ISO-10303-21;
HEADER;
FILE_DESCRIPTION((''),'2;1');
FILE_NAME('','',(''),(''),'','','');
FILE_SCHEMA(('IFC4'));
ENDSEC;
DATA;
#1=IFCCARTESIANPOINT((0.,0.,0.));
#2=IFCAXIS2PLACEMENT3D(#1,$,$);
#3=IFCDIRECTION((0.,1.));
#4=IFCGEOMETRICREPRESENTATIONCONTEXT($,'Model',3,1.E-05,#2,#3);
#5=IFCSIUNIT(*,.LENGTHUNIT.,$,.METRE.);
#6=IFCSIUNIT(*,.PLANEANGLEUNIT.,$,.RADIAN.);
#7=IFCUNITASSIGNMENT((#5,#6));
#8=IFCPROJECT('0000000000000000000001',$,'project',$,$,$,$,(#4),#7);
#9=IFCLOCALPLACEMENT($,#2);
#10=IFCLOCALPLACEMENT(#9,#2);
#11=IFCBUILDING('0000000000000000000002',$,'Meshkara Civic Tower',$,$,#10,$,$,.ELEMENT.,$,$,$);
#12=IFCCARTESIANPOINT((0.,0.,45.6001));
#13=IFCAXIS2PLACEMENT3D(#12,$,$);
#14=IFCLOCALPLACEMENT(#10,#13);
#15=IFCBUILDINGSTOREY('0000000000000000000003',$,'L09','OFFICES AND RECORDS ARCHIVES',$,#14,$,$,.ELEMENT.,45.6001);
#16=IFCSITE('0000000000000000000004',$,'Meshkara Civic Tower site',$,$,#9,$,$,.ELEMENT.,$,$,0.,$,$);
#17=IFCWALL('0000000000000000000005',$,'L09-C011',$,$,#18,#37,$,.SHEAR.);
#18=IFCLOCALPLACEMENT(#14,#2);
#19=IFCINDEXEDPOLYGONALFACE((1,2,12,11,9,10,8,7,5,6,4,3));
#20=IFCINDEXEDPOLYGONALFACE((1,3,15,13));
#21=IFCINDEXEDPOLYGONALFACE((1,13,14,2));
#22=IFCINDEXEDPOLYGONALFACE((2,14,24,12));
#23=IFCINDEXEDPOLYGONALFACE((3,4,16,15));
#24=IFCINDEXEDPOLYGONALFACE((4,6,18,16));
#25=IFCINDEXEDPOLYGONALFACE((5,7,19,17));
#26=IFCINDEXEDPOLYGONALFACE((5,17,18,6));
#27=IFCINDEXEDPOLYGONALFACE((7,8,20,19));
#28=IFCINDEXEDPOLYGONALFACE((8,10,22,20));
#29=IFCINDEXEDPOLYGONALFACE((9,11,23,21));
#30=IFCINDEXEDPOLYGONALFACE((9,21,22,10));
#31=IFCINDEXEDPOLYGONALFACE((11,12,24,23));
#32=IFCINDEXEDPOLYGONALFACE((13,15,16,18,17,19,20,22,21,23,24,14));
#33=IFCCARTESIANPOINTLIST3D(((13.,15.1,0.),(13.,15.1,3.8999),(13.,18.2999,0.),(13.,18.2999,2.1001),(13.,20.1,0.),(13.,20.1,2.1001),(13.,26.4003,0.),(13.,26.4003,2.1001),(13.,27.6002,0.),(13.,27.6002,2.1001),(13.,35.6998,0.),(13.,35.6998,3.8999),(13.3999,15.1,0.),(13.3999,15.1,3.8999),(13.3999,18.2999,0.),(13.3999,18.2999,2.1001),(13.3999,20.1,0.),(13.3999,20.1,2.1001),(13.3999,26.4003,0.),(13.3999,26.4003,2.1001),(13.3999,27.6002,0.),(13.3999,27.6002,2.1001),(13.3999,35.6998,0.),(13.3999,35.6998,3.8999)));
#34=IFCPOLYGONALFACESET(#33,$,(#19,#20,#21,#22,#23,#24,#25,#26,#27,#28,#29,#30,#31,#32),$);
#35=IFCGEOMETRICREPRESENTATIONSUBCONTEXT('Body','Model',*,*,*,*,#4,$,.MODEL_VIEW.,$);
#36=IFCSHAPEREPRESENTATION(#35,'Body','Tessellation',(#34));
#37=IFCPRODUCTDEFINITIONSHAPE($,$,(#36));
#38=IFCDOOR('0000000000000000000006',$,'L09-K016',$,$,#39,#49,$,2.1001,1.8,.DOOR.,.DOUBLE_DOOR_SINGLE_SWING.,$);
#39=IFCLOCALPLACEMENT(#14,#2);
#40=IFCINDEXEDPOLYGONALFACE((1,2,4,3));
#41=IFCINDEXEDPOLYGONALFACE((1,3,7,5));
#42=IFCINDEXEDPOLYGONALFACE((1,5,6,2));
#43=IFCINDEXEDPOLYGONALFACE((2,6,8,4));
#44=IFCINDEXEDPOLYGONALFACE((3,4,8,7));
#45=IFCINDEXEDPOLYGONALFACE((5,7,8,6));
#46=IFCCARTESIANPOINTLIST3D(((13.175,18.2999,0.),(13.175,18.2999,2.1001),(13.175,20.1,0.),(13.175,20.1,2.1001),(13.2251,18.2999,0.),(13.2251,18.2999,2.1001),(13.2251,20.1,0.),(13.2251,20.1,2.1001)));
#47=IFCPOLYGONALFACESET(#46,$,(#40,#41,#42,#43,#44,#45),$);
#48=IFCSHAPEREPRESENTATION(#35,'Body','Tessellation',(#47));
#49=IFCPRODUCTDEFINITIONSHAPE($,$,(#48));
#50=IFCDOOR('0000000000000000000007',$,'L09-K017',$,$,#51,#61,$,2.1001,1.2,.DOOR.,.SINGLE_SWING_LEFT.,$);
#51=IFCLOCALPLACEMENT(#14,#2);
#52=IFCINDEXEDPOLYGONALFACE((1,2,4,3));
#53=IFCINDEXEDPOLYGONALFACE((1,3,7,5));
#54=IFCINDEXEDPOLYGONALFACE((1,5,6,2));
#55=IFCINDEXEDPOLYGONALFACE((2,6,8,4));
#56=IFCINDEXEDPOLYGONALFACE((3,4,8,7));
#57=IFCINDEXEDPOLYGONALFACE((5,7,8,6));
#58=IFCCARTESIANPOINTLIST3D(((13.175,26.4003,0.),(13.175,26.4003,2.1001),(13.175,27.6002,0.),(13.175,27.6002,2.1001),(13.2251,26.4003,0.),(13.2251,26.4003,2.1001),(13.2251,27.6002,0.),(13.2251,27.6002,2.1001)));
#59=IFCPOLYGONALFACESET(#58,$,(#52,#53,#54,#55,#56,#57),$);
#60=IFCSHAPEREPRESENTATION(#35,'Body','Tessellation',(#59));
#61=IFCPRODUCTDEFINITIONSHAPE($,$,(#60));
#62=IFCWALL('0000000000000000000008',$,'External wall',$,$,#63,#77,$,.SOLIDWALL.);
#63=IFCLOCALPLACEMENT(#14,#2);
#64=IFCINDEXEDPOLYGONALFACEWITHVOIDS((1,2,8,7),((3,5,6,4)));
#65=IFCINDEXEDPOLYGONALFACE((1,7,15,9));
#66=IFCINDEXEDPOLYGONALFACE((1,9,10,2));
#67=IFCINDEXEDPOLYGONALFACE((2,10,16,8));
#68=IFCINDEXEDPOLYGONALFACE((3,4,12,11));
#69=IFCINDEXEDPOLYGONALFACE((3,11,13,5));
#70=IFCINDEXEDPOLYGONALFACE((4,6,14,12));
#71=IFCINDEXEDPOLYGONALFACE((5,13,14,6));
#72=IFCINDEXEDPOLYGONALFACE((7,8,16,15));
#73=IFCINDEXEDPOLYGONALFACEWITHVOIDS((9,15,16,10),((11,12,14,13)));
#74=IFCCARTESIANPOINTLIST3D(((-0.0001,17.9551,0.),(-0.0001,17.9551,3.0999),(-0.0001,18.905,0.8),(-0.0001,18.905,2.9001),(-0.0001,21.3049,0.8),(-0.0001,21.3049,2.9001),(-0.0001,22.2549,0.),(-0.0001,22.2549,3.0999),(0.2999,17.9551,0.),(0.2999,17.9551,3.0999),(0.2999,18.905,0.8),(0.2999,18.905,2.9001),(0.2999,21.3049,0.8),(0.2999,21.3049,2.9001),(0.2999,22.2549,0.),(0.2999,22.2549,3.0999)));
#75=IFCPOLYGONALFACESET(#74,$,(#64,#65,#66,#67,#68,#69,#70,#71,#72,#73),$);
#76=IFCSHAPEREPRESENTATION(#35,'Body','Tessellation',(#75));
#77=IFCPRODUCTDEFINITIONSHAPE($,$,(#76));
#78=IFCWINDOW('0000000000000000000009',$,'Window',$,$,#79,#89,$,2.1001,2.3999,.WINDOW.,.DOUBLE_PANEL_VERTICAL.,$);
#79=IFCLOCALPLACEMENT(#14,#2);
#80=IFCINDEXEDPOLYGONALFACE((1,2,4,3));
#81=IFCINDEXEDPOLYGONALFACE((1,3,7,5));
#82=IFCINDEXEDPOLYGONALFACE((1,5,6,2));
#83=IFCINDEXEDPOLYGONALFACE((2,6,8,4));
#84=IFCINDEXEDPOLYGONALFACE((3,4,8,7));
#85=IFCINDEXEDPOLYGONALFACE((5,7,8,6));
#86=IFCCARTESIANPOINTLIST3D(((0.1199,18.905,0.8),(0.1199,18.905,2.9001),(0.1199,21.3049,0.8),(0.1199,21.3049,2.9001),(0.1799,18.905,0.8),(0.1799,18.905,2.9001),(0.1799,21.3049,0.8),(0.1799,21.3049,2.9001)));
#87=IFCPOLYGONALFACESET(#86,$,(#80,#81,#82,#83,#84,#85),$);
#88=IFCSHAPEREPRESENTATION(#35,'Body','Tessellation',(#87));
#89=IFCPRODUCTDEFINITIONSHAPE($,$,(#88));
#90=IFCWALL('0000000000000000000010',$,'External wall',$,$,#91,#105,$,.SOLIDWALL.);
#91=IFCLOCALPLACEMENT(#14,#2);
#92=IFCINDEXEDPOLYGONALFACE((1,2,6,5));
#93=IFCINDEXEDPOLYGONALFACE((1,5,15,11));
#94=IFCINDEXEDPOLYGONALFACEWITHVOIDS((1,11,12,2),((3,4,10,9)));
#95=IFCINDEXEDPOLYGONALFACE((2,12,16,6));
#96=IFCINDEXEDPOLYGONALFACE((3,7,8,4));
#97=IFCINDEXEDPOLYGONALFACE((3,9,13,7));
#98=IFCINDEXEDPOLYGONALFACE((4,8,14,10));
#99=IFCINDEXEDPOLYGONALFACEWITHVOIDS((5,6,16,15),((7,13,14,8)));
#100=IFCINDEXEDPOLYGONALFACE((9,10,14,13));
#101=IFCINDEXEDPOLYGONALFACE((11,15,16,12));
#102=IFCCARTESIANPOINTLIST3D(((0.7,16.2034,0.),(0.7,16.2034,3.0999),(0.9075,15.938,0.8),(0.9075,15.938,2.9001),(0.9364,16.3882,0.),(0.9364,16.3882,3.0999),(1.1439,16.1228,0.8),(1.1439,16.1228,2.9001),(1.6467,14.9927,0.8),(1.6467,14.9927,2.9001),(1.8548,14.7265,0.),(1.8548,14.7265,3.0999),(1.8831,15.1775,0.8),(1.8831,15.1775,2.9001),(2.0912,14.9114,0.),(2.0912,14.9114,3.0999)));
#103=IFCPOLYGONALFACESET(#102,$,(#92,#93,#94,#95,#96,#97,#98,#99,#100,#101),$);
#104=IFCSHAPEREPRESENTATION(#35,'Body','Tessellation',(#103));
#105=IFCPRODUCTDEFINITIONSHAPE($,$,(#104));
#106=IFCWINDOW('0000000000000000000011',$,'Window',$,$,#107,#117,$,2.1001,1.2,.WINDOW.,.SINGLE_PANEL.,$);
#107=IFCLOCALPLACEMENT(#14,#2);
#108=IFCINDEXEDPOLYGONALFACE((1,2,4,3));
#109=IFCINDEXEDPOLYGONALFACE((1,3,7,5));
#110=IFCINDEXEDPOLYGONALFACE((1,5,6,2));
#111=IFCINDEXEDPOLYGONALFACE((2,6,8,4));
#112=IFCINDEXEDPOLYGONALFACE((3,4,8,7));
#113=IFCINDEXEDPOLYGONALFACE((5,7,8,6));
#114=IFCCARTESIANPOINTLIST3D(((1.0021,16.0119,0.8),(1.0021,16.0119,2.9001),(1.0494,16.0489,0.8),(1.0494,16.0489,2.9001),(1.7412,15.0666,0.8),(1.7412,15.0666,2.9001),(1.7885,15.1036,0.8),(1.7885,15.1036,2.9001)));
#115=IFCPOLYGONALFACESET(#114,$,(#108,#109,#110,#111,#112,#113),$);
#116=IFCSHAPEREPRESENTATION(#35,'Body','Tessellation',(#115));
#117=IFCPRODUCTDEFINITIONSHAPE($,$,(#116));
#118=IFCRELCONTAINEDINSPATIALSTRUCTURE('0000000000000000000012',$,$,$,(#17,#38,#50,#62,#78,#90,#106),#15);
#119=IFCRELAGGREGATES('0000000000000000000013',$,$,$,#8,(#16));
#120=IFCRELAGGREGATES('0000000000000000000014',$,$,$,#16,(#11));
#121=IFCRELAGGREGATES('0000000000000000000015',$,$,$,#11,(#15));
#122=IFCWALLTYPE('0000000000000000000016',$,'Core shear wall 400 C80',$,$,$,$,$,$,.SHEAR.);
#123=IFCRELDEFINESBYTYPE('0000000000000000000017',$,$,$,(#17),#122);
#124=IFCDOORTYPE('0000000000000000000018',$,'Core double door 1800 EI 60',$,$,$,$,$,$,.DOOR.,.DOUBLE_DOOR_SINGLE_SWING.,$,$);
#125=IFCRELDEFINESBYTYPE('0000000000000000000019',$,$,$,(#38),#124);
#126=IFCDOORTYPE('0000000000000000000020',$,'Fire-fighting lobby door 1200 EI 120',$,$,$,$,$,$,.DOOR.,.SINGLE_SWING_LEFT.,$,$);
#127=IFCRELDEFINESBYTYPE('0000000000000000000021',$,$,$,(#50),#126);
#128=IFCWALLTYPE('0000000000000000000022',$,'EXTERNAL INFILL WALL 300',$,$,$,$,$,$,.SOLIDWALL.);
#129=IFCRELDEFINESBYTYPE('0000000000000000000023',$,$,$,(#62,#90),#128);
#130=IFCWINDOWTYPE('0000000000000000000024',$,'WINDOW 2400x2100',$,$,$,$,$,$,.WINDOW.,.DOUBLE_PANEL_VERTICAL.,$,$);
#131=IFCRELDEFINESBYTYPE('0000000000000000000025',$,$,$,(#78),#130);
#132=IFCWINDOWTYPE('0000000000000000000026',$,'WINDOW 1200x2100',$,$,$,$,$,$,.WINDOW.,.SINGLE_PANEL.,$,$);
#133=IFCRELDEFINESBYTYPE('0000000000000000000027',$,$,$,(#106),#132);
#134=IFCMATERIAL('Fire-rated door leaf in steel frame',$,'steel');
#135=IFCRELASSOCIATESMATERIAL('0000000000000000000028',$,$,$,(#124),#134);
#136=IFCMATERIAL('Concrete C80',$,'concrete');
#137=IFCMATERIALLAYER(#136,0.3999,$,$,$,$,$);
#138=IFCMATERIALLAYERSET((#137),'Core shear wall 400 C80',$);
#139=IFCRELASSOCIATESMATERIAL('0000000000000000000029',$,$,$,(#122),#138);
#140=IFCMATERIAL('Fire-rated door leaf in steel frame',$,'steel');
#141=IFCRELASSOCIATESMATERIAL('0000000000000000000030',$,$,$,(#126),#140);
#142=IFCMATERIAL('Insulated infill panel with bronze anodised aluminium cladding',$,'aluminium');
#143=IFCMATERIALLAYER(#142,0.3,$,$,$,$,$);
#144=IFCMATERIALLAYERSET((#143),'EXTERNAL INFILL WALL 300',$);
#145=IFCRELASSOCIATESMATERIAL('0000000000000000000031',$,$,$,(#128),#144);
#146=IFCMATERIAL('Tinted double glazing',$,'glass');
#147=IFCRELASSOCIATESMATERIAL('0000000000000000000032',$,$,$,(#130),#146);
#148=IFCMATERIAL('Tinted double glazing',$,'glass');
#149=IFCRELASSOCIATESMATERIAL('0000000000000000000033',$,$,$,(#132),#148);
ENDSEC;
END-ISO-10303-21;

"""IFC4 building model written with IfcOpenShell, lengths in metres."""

from ifc_helpers import new_model, si_unit, direction, frame, frame_2d, origin, place, context, subcontext, project, spatial, rectangle, extrude, material, layer, layer_set, type_object, element, fill, save


model = new_model("IFC4")

# Units and contexts
model_context = context("Model", 3, precision=1e-05, world=origin(), true_north=direction((0.0, 1.0)))
body_context = subcontext(model_context, "Body", "Model", "MODEL_VIEW")
ifc_project = project(units=[si_unit("LENGTHUNIT", "METRE"), si_unit("PLANEANGLEUNIT", "RADIAN")], contexts=[model_context])

# Site, building, storey
site_placement = place(None, origin())
site = spatial("IfcSite", under=ifc_project, at=site_placement, Name="Meshkara Civic Tower site", CompositionType="ELEMENT", RefElevation=0.0)
building_placement = place(site_placement, origin())
building = spatial("IfcBuilding", under=site, at=building_placement, Name="Meshkara Civic Tower", CompositionType="ELEMENT")
storey_placement = place(building_placement, frame((0.0, 0.0, 45.6001)))
storey = spatial("IfcBuildingStorey", under=building, at=storey_placement, Name="L09", Description="OFFICES AND RECORDS ARCHIVES", CompositionType="ELEMENT", Elevation=45.6001)

# Shared definitions
ifc_material_1 = material(Name="Fire-rated door leaf in steel frame", Category="steel")
door_type_1 = type_object("IfcDoorType", Name="Core double door 1800 EI 60", OperationType="DOUBLE_DOOR_SINGLE_SWING", PredefinedType="DOOR", material=ifc_material_1)

# Wall, openings, doors
ifc_material_2 = material(Name="Concrete C80", Category="concrete")
ifc_layer_1 = layer(ifc_material_2, 0.3999)
ifc_layer_set_1 = layer_set([ifc_layer_1], Name="Core shear wall 400 C80")
wall_type_1 = type_object("IfcWallType", Name="Core shear wall 400 C80", PredefinedType="SHEAR", material=ifc_layer_set_1)
wall_1_placement = place(storey_placement, frame((13.2, 15.1001, 0.0), z_axis=(0.0, 0.0, 1.0), x_axis=(0.0, 1.0, 0.0)))
wall_1 = element("IfcWall", 1, at=wall_1_placement, inside=storey, type_object=wall_type_1, Name="L09-C011", PredefinedType="SHEAR", context=body_context, shape_type="SweptSolid", body=[
    extrude(rectangle(XDim=20.5999, YDim=0.3999, at=frame_2d((10.2998, 0.0))), origin(), (0.0, 0.0, 1.0), 3.8999),
])
opening_1_placement = place(wall_1_placement, frame((3.2, 0.0, 0.0)))
opening_1 = element("IfcOpeningElement", 2, at=opening_1_placement, cuts=wall_1, PredefinedType="OPENING", context=body_context, shape_type="SweptSolid", body=[
    extrude(rectangle(XDim=1.8, YDim=2.1001, at=frame_2d((0.8999, 1.05))), frame((0.0, 0.21, 0.0), z_axis=(0.0, -1.0, 0.0), x_axis=(1.0, 0.0, 0.0)), (0.0, 0.0, 1.0), 0.4199),
])
opening_2_placement = place(wall_1_placement, frame((11.3, 0.0, 0.0)))
opening_2 = element("IfcOpeningElement", 3, at=opening_2_placement, cuts=wall_1, PredefinedType="OPENING", context=body_context, shape_type="SweptSolid", body=[
    extrude(rectangle(XDim=1.2, YDim=2.1001, at=frame_2d((0.6001, 1.05))), frame((0.0, 0.21, 0.0), z_axis=(0.0, -1.0, 0.0), x_axis=(1.0, 0.0, 0.0)), (0.0, 0.0, 1.0), 0.4199),
])
door_1_placement = place(opening_1_placement, origin())
door_1 = element("IfcDoor", 4, at=door_1_placement, inside=storey, type_object=door_type_1, Name="L09-K016", OperationType="DOUBLE_DOOR_SINGLE_SWING", OverallHeight=2.1001, OverallWidth=1.8, PredefinedType="DOOR", context=body_context, shape_type="SweptSolid", body=[
    extrude(rectangle(XDim=1.8, YDim=2.1001, at=frame_2d((0.8999, 1.05))), frame((0.0, 0.0249, 0.0), z_axis=(0.0, -1.0, 0.0), x_axis=(1.0, 0.0, 0.0)), (0.0, 0.0, 1.0), 0.05),
])
fill(opening_1, door_1)
ifc_material_3 = material(Name="Fire-rated door leaf in steel frame", Category="steel")
door_type_2 = type_object("IfcDoorType", Name="Fire-fighting lobby door 1200 EI 120", OperationType="SINGLE_SWING_LEFT", PredefinedType="DOOR", material=ifc_material_3)
door_2_placement = place(opening_2_placement, origin())
door_2 = element("IfcDoor", 5, at=door_2_placement, inside=storey, type_object=door_type_2, Name="L09-K017", OperationType="SINGLE_SWING_LEFT", OverallHeight=2.1001, OverallWidth=1.2, PredefinedType="DOOR", context=body_context, shape_type="SweptSolid", body=[
    extrude(rectangle(XDim=1.2, YDim=2.1001, at=frame_2d((0.6001, 1.05))), frame((0.0, 0.0249, 0.0), z_axis=(0.0, -1.0, 0.0), x_axis=(1.0, 0.0, 0.0)), (0.0, 0.0, 1.0), 0.05),
])
fill(opening_2, door_2)

# Walls, openings, windows
ifc_material_4 = material(Name="Insulated infill panel with bronze anodised aluminium cladding", Category="aluminium")
ifc_layer_2 = layer(ifc_material_4, 0.3)
ifc_layer_set_2 = layer_set([ifc_layer_2], Name="EXTERNAL INFILL WALL 300")
wall_type_2 = type_object("IfcWallType", Name="EXTERNAL INFILL WALL 300", PredefinedType="SOLIDWALL", material=ifc_layer_set_2)
wall_2_placement = place(storey_placement, frame((0.1499, 22.2549, 0.0), z_axis=(0.0, 0.0, 1.0), x_axis=(0.0, -1.0, 0.0)))
wall_2 = element("IfcWall", 6, at=wall_2_placement, inside=storey, type_object=wall_type_2, Name="External wall", PredefinedType="SOLIDWALL", context=body_context, shape_type="SweptSolid", body=[
    extrude(rectangle(XDim=4.2998, YDim=0.3, at=frame_2d((2.1499, 0.0))), origin(), (0.0, 0.0, 1.0), 3.0999),
])
opening_3_placement = place(wall_2_placement, frame((0.95, 0.0, 0.8)))
opening_3 = element("IfcOpeningElement", 7, at=opening_3_placement, cuts=wall_2, PredefinedType="OPENING", context=body_context, shape_type="SweptSolid", body=[
    extrude(rectangle(XDim=2.3999, YDim=2.1001, at=frame_2d((1.2, 1.05))), frame((0.0, 0.1599, 0.0), z_axis=(0.0, -1.0, 0.0), x_axis=(1.0, 0.0, 0.0)), (0.0, 0.0, 1.0), 0.3201),
])
ifc_material_5 = material(Name="Tinted double glazing", Category="glass")
window_type_1 = type_object("IfcWindowType", Name="WINDOW 2400x2100", PartitioningType="DOUBLE_PANEL_VERTICAL", PredefinedType="WINDOW", material=ifc_material_5)
window_1_placement = place(opening_3_placement, origin())
window_1 = element("IfcWindow", 8, at=window_1_placement, inside=storey, type_object=window_type_1, Name="Window", OverallHeight=2.1001, OverallWidth=2.3999, PartitioningType="DOUBLE_PANEL_VERTICAL", PredefinedType="WINDOW", context=body_context, shape_type="SweptSolid", body=[
    extrude(rectangle(XDim=2.3999, YDim=2.1001, at=frame_2d((1.2, 1.05))), frame((0.0, 0.03, 0.0), z_axis=(0.0, -1.0, 0.0), x_axis=(1.0, 0.0, 0.0)), (0.0, 0.0, 1.0), 0.0601),
])
fill(opening_3, window_1)
wall_3_placement = place(storey_placement, frame((0.8181, 16.2959, 0.0), z_axis=(0.0, 0.0, 1.0), x_axis=(0.615985, -0.787758, 0.0)))
wall_3 = element("IfcWall", 9, at=wall_3_placement, inside=storey, type_object=wall_type_2, Name="External wall", PredefinedType="SOLIDWALL", context=body_context, shape_type="SweptSolid", body=[
    extrude(rectangle(XDim=1.8748, YDim=0.3, at=frame_2d((0.9375, 0.0))), origin(), (0.0, 0.0, 1.0), 3.0999),
])
opening_4_placement = place(wall_3_placement, frame((0.3369, 0.0, 0.8)))
opening_4 = element("IfcOpeningElement", 10, at=opening_4_placement, cuts=wall_3, PredefinedType="OPENING", context=body_context, shape_type="SweptSolid", body=[
    extrude(rectangle(XDim=1.2, YDim=2.1001, at=frame_2d((0.6001, 1.05))), frame((0.0, 0.1599, 0.0), z_axis=(0.0, -1.0, 0.0), x_axis=(1.0, 0.0, 0.0)), (0.0, 0.0, 1.0), 0.3201),
])
ifc_material_6 = material(Name="Tinted double glazing", Category="glass")
window_type_2 = type_object("IfcWindowType", Name="WINDOW 1200x2100", PartitioningType="SINGLE_PANEL", PredefinedType="WINDOW", material=ifc_material_6)
window_2_placement = place(opening_4_placement, origin())
window_2 = element("IfcWindow", 11, at=window_2_placement, inside=storey, type_object=window_type_2, Name="Window", OverallHeight=2.1001, OverallWidth=1.2, PartitioningType="SINGLE_PANEL", PredefinedType="WINDOW", context=body_context, shape_type="SweptSolid", body=[
    extrude(rectangle(XDim=1.2, YDim=2.1001, at=frame_2d((0.6001, 1.05))), frame((0.0, 0.03, 0.0), z_axis=(0.0, -1.0, 0.0), x_axis=(1.0, 0.0, 0.0)), (0.0, 0.0, 1.0), 0.0601),
])
fill(opening_4, window_2)

save(model, "model.ifc")
